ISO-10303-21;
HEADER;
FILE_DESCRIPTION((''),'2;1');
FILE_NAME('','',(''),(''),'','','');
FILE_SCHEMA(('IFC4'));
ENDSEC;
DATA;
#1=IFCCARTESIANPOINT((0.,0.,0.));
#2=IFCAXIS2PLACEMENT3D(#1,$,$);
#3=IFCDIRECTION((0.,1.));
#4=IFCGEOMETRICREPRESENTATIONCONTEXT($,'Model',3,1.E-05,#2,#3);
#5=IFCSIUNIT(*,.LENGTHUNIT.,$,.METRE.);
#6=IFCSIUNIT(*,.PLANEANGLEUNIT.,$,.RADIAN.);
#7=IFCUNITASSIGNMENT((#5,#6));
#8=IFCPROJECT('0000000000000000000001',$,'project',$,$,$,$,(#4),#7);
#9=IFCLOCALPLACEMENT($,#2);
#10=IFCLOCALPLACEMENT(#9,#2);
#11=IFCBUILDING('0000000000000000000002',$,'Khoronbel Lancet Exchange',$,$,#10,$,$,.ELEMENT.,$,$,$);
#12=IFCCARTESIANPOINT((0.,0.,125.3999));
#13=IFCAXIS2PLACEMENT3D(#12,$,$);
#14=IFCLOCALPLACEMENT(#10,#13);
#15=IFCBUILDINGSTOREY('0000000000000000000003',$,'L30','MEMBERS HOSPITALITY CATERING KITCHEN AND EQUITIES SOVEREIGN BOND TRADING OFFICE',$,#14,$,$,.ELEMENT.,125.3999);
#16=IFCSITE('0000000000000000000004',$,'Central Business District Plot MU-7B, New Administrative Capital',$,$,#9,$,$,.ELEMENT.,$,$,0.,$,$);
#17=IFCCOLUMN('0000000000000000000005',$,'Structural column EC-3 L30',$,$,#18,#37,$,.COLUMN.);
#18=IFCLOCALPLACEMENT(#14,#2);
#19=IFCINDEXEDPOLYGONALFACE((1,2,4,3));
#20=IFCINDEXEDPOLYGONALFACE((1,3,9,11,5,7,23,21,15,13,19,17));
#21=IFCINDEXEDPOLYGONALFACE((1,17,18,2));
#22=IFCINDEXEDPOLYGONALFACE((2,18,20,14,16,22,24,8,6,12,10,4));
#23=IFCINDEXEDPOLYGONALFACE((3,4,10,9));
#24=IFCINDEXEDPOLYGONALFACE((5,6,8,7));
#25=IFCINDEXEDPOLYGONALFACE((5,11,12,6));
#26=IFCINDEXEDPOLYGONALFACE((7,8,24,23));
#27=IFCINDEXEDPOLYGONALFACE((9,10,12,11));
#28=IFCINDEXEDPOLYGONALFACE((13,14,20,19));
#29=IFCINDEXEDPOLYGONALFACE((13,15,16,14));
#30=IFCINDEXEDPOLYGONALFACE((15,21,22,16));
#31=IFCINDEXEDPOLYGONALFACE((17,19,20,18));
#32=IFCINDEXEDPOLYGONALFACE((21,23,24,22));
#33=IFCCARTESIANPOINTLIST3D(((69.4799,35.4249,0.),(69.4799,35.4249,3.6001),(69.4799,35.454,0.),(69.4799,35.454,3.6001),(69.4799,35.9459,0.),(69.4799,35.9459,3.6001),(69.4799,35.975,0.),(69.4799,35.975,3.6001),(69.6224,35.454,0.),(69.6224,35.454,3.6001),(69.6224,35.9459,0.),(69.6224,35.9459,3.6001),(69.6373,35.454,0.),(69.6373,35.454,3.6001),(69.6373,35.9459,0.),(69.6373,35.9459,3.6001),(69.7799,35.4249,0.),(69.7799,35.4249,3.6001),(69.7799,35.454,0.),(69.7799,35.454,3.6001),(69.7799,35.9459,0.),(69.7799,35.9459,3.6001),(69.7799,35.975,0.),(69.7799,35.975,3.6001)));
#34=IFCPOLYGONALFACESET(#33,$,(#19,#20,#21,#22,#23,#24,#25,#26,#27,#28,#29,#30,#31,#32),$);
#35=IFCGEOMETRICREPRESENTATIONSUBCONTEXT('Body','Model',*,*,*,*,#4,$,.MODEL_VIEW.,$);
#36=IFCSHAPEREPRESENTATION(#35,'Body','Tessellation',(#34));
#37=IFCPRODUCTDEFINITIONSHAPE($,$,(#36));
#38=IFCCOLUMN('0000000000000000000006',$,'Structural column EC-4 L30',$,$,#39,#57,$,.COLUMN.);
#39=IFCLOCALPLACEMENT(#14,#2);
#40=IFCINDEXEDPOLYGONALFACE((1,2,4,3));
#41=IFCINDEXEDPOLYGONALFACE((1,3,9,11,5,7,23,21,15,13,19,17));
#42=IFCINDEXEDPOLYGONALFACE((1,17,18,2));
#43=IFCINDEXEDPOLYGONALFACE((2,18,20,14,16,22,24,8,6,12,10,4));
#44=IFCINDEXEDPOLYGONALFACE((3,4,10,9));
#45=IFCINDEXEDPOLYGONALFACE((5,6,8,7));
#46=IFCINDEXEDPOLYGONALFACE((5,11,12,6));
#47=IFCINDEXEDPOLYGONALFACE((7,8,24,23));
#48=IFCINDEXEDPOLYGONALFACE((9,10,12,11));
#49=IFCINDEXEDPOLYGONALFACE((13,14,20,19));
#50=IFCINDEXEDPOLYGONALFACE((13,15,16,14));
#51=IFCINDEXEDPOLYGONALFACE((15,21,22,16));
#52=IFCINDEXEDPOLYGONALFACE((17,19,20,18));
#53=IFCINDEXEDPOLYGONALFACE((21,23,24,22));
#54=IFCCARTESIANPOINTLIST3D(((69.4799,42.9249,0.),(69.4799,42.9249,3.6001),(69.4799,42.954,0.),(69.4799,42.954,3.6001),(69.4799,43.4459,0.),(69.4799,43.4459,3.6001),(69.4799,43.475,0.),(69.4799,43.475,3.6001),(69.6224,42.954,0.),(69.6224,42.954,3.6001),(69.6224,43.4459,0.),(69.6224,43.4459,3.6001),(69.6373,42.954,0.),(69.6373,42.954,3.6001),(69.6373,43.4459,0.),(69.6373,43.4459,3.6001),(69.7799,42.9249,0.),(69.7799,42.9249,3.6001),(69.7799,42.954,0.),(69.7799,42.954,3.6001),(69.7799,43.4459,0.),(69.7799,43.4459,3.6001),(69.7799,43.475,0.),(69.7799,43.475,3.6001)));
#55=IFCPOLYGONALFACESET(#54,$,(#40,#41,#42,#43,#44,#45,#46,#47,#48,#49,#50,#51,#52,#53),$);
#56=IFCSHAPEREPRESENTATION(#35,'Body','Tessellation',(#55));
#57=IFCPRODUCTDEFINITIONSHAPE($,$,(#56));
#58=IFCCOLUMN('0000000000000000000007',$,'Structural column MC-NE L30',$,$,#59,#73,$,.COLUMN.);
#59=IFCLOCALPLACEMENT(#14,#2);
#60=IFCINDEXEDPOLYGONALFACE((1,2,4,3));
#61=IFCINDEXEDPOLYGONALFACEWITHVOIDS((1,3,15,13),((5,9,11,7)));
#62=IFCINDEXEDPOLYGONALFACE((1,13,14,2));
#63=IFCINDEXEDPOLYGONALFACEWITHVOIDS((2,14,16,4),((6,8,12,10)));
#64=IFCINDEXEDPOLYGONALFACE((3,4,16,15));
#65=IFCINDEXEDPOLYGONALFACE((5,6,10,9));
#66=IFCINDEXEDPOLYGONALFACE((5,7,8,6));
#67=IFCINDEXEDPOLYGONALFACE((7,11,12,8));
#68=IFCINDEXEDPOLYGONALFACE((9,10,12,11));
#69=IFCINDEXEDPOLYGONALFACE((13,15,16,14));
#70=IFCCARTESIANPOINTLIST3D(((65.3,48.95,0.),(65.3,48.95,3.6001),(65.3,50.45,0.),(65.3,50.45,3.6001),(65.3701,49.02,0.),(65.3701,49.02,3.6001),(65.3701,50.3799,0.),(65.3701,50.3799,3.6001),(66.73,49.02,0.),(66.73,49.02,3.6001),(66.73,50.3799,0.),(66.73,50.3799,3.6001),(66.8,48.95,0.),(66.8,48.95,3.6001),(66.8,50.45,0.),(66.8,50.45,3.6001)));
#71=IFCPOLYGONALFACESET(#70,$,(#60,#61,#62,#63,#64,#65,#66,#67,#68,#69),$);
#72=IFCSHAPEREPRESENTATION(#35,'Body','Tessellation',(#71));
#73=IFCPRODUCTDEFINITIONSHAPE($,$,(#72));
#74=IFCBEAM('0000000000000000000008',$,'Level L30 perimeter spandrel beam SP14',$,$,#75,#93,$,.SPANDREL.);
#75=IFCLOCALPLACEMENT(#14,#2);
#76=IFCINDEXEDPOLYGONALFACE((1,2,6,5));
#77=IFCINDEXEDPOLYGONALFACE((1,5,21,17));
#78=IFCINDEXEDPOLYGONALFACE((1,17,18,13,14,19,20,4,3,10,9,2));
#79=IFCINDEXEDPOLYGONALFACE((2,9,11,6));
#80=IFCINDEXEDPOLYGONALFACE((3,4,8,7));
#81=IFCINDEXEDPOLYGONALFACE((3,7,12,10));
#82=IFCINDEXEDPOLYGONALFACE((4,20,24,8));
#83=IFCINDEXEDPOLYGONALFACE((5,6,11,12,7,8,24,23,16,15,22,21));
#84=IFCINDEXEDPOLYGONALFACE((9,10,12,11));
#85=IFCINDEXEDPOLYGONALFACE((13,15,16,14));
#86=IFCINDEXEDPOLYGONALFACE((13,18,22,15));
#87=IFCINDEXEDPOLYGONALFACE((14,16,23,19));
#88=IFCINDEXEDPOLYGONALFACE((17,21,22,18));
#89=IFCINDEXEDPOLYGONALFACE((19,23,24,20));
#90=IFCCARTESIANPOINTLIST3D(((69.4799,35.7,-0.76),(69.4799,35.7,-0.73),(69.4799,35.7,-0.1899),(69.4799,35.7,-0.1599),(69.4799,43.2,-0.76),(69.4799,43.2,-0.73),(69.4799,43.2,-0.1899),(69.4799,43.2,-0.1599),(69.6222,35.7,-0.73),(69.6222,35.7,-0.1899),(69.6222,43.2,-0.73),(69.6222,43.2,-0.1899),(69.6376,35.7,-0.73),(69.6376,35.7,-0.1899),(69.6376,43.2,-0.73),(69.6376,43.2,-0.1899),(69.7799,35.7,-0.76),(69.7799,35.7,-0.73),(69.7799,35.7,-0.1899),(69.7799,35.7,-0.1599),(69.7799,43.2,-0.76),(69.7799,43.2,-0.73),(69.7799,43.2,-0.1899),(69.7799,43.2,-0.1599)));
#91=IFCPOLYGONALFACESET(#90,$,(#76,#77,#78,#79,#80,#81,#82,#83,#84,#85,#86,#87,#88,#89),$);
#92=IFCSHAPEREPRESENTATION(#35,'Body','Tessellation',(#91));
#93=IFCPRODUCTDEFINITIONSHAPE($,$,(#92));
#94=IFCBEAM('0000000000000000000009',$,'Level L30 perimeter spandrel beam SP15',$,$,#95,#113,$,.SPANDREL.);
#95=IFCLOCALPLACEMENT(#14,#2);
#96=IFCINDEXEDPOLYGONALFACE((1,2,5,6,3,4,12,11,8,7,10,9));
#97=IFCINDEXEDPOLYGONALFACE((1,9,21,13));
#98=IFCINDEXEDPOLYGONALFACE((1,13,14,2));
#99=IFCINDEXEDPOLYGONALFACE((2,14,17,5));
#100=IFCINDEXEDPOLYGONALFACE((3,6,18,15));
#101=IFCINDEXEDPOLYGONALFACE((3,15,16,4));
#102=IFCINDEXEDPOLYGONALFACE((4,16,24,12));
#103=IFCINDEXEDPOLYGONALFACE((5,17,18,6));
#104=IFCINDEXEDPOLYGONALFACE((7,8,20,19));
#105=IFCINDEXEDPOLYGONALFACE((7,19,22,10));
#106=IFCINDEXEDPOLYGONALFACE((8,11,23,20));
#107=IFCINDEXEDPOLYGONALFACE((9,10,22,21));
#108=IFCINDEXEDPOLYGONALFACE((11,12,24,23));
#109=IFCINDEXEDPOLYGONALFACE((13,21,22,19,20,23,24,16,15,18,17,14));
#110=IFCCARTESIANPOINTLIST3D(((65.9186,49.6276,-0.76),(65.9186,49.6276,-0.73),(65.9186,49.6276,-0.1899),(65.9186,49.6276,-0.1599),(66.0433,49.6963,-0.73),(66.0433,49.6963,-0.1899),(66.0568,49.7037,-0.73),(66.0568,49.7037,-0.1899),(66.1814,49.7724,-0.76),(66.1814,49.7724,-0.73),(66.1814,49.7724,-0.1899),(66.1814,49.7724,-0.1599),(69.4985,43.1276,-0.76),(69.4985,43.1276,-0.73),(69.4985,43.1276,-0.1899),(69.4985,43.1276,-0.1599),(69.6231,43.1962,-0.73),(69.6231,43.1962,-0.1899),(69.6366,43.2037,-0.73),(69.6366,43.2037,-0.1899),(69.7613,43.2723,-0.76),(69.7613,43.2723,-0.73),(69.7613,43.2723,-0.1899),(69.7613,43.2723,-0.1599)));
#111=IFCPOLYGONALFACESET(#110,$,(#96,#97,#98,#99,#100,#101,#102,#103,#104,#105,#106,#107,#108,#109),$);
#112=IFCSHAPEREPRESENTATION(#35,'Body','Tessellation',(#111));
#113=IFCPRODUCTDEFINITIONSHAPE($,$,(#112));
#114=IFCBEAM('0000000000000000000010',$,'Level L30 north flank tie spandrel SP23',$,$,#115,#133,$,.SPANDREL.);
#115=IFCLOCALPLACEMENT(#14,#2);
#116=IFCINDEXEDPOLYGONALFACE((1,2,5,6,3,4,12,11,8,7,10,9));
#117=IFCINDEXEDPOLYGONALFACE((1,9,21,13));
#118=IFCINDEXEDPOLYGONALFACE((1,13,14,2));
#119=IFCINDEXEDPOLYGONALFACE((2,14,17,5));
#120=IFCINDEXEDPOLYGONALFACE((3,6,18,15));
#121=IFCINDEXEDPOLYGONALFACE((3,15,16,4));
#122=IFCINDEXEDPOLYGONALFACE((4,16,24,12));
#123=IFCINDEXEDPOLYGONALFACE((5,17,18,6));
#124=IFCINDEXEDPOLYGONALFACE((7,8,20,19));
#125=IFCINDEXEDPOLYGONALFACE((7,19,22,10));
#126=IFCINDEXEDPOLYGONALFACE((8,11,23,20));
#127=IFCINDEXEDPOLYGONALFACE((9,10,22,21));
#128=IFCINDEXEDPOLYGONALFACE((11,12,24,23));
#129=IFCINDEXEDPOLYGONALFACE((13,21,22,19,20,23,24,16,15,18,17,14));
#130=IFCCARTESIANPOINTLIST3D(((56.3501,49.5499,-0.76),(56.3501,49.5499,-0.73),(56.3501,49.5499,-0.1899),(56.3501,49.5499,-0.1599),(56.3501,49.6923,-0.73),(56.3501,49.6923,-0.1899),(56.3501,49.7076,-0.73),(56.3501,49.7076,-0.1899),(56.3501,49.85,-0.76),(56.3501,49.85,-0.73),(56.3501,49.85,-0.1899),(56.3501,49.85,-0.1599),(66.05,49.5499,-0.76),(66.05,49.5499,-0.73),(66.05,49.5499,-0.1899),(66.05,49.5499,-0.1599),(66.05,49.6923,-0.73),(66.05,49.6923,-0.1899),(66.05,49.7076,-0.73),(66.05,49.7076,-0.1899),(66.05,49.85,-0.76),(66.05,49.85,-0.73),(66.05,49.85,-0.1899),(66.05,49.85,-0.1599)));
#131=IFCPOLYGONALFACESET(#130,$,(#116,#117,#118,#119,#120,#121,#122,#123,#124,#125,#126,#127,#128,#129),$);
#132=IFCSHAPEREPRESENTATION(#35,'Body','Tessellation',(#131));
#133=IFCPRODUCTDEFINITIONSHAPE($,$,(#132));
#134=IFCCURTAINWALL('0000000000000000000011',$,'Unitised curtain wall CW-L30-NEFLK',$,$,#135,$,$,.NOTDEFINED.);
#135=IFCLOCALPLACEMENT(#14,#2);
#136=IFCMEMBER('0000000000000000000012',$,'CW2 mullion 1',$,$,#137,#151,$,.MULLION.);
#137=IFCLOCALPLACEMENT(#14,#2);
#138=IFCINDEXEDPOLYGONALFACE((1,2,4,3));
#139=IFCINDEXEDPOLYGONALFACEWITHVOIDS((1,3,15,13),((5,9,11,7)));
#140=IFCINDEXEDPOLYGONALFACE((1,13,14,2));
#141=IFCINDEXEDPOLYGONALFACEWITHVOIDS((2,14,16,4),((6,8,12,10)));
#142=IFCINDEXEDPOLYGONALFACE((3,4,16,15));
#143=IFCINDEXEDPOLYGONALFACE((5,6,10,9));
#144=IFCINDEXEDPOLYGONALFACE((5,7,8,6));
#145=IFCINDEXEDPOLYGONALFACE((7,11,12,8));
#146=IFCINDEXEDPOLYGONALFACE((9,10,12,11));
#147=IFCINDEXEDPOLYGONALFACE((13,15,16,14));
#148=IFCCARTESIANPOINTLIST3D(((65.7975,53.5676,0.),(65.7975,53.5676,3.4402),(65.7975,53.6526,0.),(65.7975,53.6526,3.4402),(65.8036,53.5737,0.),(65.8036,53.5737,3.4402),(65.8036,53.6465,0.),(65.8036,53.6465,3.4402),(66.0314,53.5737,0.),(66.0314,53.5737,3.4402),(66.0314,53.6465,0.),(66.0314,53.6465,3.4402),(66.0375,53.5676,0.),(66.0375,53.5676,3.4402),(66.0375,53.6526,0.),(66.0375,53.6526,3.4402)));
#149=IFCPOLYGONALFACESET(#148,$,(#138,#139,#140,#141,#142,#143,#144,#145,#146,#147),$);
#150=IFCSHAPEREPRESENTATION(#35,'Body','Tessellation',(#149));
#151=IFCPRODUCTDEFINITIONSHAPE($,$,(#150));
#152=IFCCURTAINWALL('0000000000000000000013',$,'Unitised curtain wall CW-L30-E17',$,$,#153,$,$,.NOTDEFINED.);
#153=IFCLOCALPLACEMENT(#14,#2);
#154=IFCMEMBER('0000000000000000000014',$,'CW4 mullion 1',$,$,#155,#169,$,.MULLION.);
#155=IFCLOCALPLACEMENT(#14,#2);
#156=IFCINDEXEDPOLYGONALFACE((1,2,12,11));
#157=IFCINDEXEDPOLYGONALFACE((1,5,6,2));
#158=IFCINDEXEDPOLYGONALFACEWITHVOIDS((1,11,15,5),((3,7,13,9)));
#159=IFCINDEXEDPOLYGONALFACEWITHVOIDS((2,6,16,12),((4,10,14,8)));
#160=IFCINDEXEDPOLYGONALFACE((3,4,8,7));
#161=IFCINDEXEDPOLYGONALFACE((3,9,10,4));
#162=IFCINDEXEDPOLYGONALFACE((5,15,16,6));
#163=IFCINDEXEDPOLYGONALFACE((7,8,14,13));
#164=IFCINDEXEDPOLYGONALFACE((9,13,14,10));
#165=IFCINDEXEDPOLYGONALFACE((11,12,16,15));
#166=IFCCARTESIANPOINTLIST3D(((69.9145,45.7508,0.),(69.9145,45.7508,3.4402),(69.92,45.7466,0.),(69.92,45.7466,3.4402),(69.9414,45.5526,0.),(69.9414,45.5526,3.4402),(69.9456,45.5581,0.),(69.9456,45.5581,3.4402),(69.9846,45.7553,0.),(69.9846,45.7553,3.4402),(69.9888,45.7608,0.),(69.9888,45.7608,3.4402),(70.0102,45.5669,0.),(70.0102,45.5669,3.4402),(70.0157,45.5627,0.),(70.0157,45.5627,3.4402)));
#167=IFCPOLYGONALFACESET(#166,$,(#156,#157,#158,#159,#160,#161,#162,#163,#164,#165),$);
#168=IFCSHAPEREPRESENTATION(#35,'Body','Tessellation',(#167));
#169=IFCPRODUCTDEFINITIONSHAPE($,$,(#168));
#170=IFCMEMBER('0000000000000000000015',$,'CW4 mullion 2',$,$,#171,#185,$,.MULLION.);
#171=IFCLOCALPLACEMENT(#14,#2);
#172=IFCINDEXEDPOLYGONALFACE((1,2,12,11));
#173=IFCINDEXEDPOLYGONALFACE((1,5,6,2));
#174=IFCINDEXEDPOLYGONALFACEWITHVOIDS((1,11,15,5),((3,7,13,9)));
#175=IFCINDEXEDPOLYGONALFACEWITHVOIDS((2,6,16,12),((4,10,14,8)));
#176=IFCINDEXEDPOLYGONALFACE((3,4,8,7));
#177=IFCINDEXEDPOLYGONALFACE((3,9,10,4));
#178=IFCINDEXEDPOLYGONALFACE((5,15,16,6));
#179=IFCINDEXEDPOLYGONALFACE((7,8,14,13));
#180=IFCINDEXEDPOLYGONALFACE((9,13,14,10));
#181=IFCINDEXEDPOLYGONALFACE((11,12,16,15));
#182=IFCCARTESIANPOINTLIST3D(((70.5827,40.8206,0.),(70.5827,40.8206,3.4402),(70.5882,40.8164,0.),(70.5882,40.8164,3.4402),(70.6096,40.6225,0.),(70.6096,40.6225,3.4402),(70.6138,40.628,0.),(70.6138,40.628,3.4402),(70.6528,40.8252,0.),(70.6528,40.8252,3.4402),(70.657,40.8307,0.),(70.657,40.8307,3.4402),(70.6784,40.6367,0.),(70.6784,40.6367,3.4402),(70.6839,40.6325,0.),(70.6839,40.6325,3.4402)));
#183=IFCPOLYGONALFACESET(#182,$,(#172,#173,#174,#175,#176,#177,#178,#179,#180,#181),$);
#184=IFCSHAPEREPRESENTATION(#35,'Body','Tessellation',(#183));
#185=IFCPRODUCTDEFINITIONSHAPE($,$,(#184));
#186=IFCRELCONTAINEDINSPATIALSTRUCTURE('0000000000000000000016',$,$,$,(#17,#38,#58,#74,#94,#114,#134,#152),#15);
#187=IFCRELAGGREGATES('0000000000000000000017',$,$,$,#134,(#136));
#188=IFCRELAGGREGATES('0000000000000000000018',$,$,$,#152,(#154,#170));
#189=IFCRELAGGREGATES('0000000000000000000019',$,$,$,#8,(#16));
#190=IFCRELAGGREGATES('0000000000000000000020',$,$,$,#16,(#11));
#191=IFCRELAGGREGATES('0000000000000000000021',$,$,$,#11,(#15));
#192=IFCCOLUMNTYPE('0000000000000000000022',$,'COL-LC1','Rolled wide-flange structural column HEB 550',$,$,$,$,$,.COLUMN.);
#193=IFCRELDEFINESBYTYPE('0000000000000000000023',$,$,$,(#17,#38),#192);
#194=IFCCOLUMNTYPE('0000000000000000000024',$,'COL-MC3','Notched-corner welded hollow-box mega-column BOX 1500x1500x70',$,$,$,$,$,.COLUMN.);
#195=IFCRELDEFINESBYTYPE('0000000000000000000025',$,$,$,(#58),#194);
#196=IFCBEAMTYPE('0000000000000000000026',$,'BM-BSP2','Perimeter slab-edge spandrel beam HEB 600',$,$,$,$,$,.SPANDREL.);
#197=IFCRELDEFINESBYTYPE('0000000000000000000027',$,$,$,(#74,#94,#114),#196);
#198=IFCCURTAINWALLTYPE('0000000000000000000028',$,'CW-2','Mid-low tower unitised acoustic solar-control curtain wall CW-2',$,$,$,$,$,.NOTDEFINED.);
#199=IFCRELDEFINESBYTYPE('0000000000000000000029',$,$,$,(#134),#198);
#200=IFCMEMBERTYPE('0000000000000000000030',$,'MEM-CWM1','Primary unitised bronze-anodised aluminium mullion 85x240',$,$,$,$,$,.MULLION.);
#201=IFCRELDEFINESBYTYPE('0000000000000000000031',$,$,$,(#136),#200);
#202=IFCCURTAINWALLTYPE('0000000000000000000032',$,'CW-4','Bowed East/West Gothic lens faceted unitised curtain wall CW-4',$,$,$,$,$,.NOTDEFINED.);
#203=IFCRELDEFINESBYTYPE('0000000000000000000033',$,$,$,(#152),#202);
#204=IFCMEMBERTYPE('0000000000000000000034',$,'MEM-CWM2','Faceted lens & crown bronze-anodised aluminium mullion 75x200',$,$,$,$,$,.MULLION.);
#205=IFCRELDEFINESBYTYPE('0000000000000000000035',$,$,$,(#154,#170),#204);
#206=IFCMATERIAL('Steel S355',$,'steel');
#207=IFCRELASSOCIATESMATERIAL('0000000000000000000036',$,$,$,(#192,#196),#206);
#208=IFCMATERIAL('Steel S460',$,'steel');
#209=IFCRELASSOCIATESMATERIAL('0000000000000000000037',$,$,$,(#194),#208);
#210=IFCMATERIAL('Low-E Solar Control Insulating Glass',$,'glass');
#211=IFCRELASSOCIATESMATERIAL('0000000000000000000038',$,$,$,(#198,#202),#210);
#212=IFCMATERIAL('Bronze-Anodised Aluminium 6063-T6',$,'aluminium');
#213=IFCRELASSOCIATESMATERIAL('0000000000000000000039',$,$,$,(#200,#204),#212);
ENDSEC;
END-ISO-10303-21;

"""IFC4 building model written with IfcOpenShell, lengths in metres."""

from ifc_helpers import new_model, si_unit, direction, frame, origin, origin_2d, place, context, subcontext, project, spatial, hollow_rectangle, i_section, extrude, material, material_profile, profile_set, type_object, element, aggregate, save


model = new_model("IFC4")

# Units and contexts
model_context = context("Model", 3, precision=1e-05, world=origin(), true_north=direction((0.0, 1.0)))
body_context = subcontext(model_context, "Body", "Model", "MODEL_VIEW")
ifc_project = project(units=[si_unit("LENGTHUNIT", "METRE"), si_unit("PLANEANGLEUNIT", "RADIAN")], contexts=[model_context])

# Site, building, storey
site_placement = place(None, origin())
site = spatial("IfcSite", under=ifc_project, at=site_placement, Name="Central Business District Plot MU-7B, New Administrative Capital", CompositionType="ELEMENT", RefElevation=0.0)
building_placement = place(site_placement, origin())
building = spatial("IfcBuilding", under=site, at=building_placement, Name="Khoronbel Lancet Exchange", CompositionType="ELEMENT")
storey_placement = place(building_placement, frame((0.0, 0.0, 125.3999)))
storey = spatial("IfcBuildingStorey", under=building, at=storey_placement, Name="L30", Description="MEMBERS HOSPITALITY CATERING KITCHEN AND EQUITIES SOVEREIGN BOND TRADING OFFICE", CompositionType="ELEMENT", Elevation=125.3999)

# Columns
ifc_material_1 = material(Name="Steel S355", Category="steel")
ifc_material_profile_1 = material_profile(ifc_material_1, i_section(OverallWidth=0.3, OverallDepth=0.55, WebThickness=0.0149, FlangeThickness=0.0291, at=origin_2d()), Name="HEB 550")
ifc_profile_set_1 = profile_set([ifc_material_profile_1], Name="Steel S355")
column_type_1 = type_object("IfcColumnType", Name="COL-LC1", Description="Rolled wide-flange structural column HEB 550", PredefinedType="COLUMN", material=ifc_profile_set_1)
for number, where, z_axis, x_axis, name in (
    (1, (69.6299, 35.7, 0.0), (0.0, 0.0, 1.0), (1.0, 0.0, 0.0), "Structural column EC-3 L30"),
    (2, (69.6299, 43.2, 0.0), (0.0, 0.0, 1.0), (1.0, 0.0, 0.0), "Structural column EC-4 L30"),
):
    element("IfcColumn", number, at=place(storey_placement, frame(where, z_axis=z_axis, x_axis=x_axis)), inside=storey, type_object=column_type_1, Name=name, PredefinedType="COLUMN", context=body_context, shape_type="SweptSolid", body=[
        extrude(i_section(OverallWidth=0.3, OverallDepth=0.55, WebThickness=0.0149, FlangeThickness=0.0291, at=origin_2d()), origin(), (0.0, 0.0, 1.0), 3.6001),
    ])
ifc_material_2 = material(Name="Steel S460", Category="steel")
ifc_material_profile_2 = material_profile(ifc_material_2, hollow_rectangle(XDim=1.5, YDim=1.5, WallThickness=0.0701, at=origin_2d()), Name="BOX 1500x1500x70")
ifc_profile_set_2 = profile_set([ifc_material_profile_2], Name="Steel S460")
column_type_2 = type_object("IfcColumnType", Name="COL-MC3", Description="Notched-corner welded hollow-box mega-column BOX 1500x1500x70", PredefinedType="COLUMN", material=ifc_profile_set_2)
column_placement = place(storey_placement, frame((66.05, 49.7, 0.0), z_axis=(0.0, 0.0, 1.0), x_axis=(1.0, 0.0, 0.0)))
element("IfcColumn", 3, at=column_placement, inside=storey, type_object=column_type_2, Name="Structural column MC-NE L30", PredefinedType="COLUMN", context=body_context, shape_type="SweptSolid", body=[
    extrude(hollow_rectangle(XDim=1.5, YDim=1.5, WallThickness=0.0701, at=origin_2d()), origin(), (0.0, 0.0, 1.0), 3.6001),
])

# Beams
ifc_material_profile_3 = material_profile(ifc_material_1, i_section(OverallWidth=0.3, OverallDepth=0.6001, WebThickness=0.0154, FlangeThickness=0.03, at=origin_2d()), Name="HEB 600")
ifc_profile_set_3 = profile_set([ifc_material_profile_3], Name="Steel S355")
beam_type = type_object("IfcBeamType", Name="BM-BSP2", Description="Perimeter slab-edge spandrel beam HEB 600", PredefinedType="SPANDREL", material=ifc_profile_set_3)
beam_1_placement = place(storey_placement, frame((69.6299, 35.7, -0.46), z_axis=(0.0, 1.0, 0.0), x_axis=(-1.0, 0.0, 0.0)))
element("IfcBeam", 4, at=beam_1_placement, inside=storey, type_object=beam_type, Name="Level L30 perimeter spandrel beam SP14", PredefinedType="SPANDREL", context=body_context, shape_type="SweptSolid", body=[
    extrude(i_section(OverallWidth=0.3, OverallDepth=0.6001, WebThickness=0.0154, FlangeThickness=0.03, at=origin_2d()), origin(), (0.0, 0.0, 1.0), 7.5),
])
beam_2_placement = place(storey_placement, frame((69.6299, 43.2, -0.46), z_axis=(-0.482419, 0.875941, 0.0), x_axis=(-0.875941, -0.482419, 0.0)))
element("IfcBeam", 5, at=beam_2_placement, inside=storey, type_object=beam_type, Name="Level L30 perimeter spandrel beam SP15", PredefinedType="SPANDREL", context=body_context, shape_type="SweptSolid", body=[
    extrude(i_section(OverallWidth=0.3, OverallDepth=0.6001, WebThickness=0.0154, FlangeThickness=0.03, at=origin_2d()), origin(), (0.0, 0.0, 1.0), 7.4207),
])
beam_3_placement = place(storey_placement, frame((66.05, 49.7, -0.46), z_axis=(-1.0, 0.0, 0.0), x_axis=(0.0, -1.0, 0.0)))
element("IfcBeam", 6, at=beam_3_placement, inside=storey, type_object=beam_type, Name="Level L30 north flank tie spandrel SP23", PredefinedType="SPANDREL", context=body_context, shape_type="SweptSolid", body=[
    extrude(i_section(OverallWidth=0.3, OverallDepth=0.6001, WebThickness=0.0154, FlangeThickness=0.03, at=origin_2d()), origin(), (0.0, 0.0, 1.0), 9.7),
])

# Curtain wall, member
ifc_material_3 = material(Name="Low-E Solar Control Insulating Glass", Category="glass")
curtain_wall_type_1 = type_object("IfcCurtainWallType", Name="CW-2", Description="Mid-low tower unitised acoustic solar-control curtain wall CW-2", PredefinedType="NOTDEFINED", material=ifc_material_3)
curtain_wall_1_placement = place(storey_placement, origin())
curtain_wall_1 = element("IfcCurtainWall", 7, at=curtain_wall_1_placement, inside=storey, type_object=curtain_wall_type_1, Name="Unitised curtain wall CW-L30-NEFLK", PredefinedType="NOTDEFINED")
ifc_material_4 = material(Name="Bronze-Anodised Aluminium 6063-T6", Category="aluminium")
ifc_material_profile_4 = material_profile(ifc_material_4, hollow_rectangle(XDim=0.085, YDim=0.24, WallThickness=0.0061, at=origin_2d()), Name="ALU MULLION 85x240")
ifc_profile_set_4 = profile_set([ifc_material_profile_4], Name="Bronze-Anodised Aluminium 6063-T6")
member_type_1 = type_object("IfcMemberType", Name="MEM-CWM1", Description="Primary unitised bronze-anodised aluminium mullion 85x240", PredefinedType="MULLION", material=ifc_profile_set_4)
member_1_placement = place(storey_placement, frame((65.9175, 53.6101, 0.0), z_axis=(0.0, 0.0, 1.0), x_axis=(0.0, -1.0, 0.0)))
member_1 = element("IfcMember", 8, at=member_1_placement, type_object=member_type_1, Name="CW2 mullion 1", PredefinedType="MULLION", context=body_context, shape_type="SweptSolid", body=[
    extrude(hollow_rectangle(XDim=0.085, YDim=0.24, WallThickness=0.0061, at=origin_2d()), origin(), (0.0, 0.0, 1.0), 3.4402),
])

# Curtain wall, members
curtain_wall_type_2 = type_object("IfcCurtainWallType", Name="CW-4", Description="Bowed East/West Gothic lens faceted unitised curtain wall CW-4", PredefinedType="NOTDEFINED", material=ifc_material_3)
curtain_wall_2_placement = place(storey_placement, origin())
curtain_wall_2 = element("IfcCurtainWall", 9, at=curtain_wall_2_placement, inside=storey, type_object=curtain_wall_type_2, Name="Unitised curtain wall CW-L30-E17", PredefinedType="NOTDEFINED")
ifc_material_profile_5 = material_profile(ifc_material_4, hollow_rectangle(XDim=0.075, YDim=0.2, WallThickness=0.0049, at=origin_2d()), Name="ALU MULLION 75x200")
ifc_profile_set_5 = profile_set([ifc_material_profile_5], Name="Bronze-Anodised Aluminium 6063-T6")
member_type_2 = type_object("IfcMemberType", Name="MEM-CWM2", Description="Faceted lens & crown bronze-anodised aluminium mullion 75x200", PredefinedType="MULLION", material=ifc_profile_set_5)
member_2_placement = place(storey_placement, frame((69.9651, 45.6567, 0.0), z_axis=(0.0, 0.0, 1.0), x_axis=(0.990939, 0.134313, 0.0)))
member_2 = element("IfcMember", 10, at=member_2_placement, type_object=member_type_2, Name="CW4 mullion 1", PredefinedType="MULLION", context=body_context, shape_type="SweptSolid", body=[
    extrude(hollow_rectangle(XDim=0.075, YDim=0.2, WallThickness=0.0049, at=origin_2d()), origin(), (0.0, 0.0, 1.0), 3.4402),
])
member_3_placement = place(storey_placement, frame((70.6333, 40.7266, 0.0), z_axis=(0.0, 0.0, 1.0), x_axis=(0.990939, 0.134313, 0.0)))
member_3 = element("IfcMember", 11, at=member_3_placement, type_object=member_type_2, Name="CW4 mullion 2", PredefinedType="MULLION", context=body_context, shape_type="SweptSolid", body=[
    extrude(hollow_rectangle(XDim=0.075, YDim=0.2, WallThickness=0.0049, at=origin_2d()), origin(), (0.0, 0.0, 1.0), 3.4402),
])

aggregate(curtain_wall_1, [member_1])
aggregate(curtain_wall_2, [member_2, member_3])

save(model, "model.ifc")
